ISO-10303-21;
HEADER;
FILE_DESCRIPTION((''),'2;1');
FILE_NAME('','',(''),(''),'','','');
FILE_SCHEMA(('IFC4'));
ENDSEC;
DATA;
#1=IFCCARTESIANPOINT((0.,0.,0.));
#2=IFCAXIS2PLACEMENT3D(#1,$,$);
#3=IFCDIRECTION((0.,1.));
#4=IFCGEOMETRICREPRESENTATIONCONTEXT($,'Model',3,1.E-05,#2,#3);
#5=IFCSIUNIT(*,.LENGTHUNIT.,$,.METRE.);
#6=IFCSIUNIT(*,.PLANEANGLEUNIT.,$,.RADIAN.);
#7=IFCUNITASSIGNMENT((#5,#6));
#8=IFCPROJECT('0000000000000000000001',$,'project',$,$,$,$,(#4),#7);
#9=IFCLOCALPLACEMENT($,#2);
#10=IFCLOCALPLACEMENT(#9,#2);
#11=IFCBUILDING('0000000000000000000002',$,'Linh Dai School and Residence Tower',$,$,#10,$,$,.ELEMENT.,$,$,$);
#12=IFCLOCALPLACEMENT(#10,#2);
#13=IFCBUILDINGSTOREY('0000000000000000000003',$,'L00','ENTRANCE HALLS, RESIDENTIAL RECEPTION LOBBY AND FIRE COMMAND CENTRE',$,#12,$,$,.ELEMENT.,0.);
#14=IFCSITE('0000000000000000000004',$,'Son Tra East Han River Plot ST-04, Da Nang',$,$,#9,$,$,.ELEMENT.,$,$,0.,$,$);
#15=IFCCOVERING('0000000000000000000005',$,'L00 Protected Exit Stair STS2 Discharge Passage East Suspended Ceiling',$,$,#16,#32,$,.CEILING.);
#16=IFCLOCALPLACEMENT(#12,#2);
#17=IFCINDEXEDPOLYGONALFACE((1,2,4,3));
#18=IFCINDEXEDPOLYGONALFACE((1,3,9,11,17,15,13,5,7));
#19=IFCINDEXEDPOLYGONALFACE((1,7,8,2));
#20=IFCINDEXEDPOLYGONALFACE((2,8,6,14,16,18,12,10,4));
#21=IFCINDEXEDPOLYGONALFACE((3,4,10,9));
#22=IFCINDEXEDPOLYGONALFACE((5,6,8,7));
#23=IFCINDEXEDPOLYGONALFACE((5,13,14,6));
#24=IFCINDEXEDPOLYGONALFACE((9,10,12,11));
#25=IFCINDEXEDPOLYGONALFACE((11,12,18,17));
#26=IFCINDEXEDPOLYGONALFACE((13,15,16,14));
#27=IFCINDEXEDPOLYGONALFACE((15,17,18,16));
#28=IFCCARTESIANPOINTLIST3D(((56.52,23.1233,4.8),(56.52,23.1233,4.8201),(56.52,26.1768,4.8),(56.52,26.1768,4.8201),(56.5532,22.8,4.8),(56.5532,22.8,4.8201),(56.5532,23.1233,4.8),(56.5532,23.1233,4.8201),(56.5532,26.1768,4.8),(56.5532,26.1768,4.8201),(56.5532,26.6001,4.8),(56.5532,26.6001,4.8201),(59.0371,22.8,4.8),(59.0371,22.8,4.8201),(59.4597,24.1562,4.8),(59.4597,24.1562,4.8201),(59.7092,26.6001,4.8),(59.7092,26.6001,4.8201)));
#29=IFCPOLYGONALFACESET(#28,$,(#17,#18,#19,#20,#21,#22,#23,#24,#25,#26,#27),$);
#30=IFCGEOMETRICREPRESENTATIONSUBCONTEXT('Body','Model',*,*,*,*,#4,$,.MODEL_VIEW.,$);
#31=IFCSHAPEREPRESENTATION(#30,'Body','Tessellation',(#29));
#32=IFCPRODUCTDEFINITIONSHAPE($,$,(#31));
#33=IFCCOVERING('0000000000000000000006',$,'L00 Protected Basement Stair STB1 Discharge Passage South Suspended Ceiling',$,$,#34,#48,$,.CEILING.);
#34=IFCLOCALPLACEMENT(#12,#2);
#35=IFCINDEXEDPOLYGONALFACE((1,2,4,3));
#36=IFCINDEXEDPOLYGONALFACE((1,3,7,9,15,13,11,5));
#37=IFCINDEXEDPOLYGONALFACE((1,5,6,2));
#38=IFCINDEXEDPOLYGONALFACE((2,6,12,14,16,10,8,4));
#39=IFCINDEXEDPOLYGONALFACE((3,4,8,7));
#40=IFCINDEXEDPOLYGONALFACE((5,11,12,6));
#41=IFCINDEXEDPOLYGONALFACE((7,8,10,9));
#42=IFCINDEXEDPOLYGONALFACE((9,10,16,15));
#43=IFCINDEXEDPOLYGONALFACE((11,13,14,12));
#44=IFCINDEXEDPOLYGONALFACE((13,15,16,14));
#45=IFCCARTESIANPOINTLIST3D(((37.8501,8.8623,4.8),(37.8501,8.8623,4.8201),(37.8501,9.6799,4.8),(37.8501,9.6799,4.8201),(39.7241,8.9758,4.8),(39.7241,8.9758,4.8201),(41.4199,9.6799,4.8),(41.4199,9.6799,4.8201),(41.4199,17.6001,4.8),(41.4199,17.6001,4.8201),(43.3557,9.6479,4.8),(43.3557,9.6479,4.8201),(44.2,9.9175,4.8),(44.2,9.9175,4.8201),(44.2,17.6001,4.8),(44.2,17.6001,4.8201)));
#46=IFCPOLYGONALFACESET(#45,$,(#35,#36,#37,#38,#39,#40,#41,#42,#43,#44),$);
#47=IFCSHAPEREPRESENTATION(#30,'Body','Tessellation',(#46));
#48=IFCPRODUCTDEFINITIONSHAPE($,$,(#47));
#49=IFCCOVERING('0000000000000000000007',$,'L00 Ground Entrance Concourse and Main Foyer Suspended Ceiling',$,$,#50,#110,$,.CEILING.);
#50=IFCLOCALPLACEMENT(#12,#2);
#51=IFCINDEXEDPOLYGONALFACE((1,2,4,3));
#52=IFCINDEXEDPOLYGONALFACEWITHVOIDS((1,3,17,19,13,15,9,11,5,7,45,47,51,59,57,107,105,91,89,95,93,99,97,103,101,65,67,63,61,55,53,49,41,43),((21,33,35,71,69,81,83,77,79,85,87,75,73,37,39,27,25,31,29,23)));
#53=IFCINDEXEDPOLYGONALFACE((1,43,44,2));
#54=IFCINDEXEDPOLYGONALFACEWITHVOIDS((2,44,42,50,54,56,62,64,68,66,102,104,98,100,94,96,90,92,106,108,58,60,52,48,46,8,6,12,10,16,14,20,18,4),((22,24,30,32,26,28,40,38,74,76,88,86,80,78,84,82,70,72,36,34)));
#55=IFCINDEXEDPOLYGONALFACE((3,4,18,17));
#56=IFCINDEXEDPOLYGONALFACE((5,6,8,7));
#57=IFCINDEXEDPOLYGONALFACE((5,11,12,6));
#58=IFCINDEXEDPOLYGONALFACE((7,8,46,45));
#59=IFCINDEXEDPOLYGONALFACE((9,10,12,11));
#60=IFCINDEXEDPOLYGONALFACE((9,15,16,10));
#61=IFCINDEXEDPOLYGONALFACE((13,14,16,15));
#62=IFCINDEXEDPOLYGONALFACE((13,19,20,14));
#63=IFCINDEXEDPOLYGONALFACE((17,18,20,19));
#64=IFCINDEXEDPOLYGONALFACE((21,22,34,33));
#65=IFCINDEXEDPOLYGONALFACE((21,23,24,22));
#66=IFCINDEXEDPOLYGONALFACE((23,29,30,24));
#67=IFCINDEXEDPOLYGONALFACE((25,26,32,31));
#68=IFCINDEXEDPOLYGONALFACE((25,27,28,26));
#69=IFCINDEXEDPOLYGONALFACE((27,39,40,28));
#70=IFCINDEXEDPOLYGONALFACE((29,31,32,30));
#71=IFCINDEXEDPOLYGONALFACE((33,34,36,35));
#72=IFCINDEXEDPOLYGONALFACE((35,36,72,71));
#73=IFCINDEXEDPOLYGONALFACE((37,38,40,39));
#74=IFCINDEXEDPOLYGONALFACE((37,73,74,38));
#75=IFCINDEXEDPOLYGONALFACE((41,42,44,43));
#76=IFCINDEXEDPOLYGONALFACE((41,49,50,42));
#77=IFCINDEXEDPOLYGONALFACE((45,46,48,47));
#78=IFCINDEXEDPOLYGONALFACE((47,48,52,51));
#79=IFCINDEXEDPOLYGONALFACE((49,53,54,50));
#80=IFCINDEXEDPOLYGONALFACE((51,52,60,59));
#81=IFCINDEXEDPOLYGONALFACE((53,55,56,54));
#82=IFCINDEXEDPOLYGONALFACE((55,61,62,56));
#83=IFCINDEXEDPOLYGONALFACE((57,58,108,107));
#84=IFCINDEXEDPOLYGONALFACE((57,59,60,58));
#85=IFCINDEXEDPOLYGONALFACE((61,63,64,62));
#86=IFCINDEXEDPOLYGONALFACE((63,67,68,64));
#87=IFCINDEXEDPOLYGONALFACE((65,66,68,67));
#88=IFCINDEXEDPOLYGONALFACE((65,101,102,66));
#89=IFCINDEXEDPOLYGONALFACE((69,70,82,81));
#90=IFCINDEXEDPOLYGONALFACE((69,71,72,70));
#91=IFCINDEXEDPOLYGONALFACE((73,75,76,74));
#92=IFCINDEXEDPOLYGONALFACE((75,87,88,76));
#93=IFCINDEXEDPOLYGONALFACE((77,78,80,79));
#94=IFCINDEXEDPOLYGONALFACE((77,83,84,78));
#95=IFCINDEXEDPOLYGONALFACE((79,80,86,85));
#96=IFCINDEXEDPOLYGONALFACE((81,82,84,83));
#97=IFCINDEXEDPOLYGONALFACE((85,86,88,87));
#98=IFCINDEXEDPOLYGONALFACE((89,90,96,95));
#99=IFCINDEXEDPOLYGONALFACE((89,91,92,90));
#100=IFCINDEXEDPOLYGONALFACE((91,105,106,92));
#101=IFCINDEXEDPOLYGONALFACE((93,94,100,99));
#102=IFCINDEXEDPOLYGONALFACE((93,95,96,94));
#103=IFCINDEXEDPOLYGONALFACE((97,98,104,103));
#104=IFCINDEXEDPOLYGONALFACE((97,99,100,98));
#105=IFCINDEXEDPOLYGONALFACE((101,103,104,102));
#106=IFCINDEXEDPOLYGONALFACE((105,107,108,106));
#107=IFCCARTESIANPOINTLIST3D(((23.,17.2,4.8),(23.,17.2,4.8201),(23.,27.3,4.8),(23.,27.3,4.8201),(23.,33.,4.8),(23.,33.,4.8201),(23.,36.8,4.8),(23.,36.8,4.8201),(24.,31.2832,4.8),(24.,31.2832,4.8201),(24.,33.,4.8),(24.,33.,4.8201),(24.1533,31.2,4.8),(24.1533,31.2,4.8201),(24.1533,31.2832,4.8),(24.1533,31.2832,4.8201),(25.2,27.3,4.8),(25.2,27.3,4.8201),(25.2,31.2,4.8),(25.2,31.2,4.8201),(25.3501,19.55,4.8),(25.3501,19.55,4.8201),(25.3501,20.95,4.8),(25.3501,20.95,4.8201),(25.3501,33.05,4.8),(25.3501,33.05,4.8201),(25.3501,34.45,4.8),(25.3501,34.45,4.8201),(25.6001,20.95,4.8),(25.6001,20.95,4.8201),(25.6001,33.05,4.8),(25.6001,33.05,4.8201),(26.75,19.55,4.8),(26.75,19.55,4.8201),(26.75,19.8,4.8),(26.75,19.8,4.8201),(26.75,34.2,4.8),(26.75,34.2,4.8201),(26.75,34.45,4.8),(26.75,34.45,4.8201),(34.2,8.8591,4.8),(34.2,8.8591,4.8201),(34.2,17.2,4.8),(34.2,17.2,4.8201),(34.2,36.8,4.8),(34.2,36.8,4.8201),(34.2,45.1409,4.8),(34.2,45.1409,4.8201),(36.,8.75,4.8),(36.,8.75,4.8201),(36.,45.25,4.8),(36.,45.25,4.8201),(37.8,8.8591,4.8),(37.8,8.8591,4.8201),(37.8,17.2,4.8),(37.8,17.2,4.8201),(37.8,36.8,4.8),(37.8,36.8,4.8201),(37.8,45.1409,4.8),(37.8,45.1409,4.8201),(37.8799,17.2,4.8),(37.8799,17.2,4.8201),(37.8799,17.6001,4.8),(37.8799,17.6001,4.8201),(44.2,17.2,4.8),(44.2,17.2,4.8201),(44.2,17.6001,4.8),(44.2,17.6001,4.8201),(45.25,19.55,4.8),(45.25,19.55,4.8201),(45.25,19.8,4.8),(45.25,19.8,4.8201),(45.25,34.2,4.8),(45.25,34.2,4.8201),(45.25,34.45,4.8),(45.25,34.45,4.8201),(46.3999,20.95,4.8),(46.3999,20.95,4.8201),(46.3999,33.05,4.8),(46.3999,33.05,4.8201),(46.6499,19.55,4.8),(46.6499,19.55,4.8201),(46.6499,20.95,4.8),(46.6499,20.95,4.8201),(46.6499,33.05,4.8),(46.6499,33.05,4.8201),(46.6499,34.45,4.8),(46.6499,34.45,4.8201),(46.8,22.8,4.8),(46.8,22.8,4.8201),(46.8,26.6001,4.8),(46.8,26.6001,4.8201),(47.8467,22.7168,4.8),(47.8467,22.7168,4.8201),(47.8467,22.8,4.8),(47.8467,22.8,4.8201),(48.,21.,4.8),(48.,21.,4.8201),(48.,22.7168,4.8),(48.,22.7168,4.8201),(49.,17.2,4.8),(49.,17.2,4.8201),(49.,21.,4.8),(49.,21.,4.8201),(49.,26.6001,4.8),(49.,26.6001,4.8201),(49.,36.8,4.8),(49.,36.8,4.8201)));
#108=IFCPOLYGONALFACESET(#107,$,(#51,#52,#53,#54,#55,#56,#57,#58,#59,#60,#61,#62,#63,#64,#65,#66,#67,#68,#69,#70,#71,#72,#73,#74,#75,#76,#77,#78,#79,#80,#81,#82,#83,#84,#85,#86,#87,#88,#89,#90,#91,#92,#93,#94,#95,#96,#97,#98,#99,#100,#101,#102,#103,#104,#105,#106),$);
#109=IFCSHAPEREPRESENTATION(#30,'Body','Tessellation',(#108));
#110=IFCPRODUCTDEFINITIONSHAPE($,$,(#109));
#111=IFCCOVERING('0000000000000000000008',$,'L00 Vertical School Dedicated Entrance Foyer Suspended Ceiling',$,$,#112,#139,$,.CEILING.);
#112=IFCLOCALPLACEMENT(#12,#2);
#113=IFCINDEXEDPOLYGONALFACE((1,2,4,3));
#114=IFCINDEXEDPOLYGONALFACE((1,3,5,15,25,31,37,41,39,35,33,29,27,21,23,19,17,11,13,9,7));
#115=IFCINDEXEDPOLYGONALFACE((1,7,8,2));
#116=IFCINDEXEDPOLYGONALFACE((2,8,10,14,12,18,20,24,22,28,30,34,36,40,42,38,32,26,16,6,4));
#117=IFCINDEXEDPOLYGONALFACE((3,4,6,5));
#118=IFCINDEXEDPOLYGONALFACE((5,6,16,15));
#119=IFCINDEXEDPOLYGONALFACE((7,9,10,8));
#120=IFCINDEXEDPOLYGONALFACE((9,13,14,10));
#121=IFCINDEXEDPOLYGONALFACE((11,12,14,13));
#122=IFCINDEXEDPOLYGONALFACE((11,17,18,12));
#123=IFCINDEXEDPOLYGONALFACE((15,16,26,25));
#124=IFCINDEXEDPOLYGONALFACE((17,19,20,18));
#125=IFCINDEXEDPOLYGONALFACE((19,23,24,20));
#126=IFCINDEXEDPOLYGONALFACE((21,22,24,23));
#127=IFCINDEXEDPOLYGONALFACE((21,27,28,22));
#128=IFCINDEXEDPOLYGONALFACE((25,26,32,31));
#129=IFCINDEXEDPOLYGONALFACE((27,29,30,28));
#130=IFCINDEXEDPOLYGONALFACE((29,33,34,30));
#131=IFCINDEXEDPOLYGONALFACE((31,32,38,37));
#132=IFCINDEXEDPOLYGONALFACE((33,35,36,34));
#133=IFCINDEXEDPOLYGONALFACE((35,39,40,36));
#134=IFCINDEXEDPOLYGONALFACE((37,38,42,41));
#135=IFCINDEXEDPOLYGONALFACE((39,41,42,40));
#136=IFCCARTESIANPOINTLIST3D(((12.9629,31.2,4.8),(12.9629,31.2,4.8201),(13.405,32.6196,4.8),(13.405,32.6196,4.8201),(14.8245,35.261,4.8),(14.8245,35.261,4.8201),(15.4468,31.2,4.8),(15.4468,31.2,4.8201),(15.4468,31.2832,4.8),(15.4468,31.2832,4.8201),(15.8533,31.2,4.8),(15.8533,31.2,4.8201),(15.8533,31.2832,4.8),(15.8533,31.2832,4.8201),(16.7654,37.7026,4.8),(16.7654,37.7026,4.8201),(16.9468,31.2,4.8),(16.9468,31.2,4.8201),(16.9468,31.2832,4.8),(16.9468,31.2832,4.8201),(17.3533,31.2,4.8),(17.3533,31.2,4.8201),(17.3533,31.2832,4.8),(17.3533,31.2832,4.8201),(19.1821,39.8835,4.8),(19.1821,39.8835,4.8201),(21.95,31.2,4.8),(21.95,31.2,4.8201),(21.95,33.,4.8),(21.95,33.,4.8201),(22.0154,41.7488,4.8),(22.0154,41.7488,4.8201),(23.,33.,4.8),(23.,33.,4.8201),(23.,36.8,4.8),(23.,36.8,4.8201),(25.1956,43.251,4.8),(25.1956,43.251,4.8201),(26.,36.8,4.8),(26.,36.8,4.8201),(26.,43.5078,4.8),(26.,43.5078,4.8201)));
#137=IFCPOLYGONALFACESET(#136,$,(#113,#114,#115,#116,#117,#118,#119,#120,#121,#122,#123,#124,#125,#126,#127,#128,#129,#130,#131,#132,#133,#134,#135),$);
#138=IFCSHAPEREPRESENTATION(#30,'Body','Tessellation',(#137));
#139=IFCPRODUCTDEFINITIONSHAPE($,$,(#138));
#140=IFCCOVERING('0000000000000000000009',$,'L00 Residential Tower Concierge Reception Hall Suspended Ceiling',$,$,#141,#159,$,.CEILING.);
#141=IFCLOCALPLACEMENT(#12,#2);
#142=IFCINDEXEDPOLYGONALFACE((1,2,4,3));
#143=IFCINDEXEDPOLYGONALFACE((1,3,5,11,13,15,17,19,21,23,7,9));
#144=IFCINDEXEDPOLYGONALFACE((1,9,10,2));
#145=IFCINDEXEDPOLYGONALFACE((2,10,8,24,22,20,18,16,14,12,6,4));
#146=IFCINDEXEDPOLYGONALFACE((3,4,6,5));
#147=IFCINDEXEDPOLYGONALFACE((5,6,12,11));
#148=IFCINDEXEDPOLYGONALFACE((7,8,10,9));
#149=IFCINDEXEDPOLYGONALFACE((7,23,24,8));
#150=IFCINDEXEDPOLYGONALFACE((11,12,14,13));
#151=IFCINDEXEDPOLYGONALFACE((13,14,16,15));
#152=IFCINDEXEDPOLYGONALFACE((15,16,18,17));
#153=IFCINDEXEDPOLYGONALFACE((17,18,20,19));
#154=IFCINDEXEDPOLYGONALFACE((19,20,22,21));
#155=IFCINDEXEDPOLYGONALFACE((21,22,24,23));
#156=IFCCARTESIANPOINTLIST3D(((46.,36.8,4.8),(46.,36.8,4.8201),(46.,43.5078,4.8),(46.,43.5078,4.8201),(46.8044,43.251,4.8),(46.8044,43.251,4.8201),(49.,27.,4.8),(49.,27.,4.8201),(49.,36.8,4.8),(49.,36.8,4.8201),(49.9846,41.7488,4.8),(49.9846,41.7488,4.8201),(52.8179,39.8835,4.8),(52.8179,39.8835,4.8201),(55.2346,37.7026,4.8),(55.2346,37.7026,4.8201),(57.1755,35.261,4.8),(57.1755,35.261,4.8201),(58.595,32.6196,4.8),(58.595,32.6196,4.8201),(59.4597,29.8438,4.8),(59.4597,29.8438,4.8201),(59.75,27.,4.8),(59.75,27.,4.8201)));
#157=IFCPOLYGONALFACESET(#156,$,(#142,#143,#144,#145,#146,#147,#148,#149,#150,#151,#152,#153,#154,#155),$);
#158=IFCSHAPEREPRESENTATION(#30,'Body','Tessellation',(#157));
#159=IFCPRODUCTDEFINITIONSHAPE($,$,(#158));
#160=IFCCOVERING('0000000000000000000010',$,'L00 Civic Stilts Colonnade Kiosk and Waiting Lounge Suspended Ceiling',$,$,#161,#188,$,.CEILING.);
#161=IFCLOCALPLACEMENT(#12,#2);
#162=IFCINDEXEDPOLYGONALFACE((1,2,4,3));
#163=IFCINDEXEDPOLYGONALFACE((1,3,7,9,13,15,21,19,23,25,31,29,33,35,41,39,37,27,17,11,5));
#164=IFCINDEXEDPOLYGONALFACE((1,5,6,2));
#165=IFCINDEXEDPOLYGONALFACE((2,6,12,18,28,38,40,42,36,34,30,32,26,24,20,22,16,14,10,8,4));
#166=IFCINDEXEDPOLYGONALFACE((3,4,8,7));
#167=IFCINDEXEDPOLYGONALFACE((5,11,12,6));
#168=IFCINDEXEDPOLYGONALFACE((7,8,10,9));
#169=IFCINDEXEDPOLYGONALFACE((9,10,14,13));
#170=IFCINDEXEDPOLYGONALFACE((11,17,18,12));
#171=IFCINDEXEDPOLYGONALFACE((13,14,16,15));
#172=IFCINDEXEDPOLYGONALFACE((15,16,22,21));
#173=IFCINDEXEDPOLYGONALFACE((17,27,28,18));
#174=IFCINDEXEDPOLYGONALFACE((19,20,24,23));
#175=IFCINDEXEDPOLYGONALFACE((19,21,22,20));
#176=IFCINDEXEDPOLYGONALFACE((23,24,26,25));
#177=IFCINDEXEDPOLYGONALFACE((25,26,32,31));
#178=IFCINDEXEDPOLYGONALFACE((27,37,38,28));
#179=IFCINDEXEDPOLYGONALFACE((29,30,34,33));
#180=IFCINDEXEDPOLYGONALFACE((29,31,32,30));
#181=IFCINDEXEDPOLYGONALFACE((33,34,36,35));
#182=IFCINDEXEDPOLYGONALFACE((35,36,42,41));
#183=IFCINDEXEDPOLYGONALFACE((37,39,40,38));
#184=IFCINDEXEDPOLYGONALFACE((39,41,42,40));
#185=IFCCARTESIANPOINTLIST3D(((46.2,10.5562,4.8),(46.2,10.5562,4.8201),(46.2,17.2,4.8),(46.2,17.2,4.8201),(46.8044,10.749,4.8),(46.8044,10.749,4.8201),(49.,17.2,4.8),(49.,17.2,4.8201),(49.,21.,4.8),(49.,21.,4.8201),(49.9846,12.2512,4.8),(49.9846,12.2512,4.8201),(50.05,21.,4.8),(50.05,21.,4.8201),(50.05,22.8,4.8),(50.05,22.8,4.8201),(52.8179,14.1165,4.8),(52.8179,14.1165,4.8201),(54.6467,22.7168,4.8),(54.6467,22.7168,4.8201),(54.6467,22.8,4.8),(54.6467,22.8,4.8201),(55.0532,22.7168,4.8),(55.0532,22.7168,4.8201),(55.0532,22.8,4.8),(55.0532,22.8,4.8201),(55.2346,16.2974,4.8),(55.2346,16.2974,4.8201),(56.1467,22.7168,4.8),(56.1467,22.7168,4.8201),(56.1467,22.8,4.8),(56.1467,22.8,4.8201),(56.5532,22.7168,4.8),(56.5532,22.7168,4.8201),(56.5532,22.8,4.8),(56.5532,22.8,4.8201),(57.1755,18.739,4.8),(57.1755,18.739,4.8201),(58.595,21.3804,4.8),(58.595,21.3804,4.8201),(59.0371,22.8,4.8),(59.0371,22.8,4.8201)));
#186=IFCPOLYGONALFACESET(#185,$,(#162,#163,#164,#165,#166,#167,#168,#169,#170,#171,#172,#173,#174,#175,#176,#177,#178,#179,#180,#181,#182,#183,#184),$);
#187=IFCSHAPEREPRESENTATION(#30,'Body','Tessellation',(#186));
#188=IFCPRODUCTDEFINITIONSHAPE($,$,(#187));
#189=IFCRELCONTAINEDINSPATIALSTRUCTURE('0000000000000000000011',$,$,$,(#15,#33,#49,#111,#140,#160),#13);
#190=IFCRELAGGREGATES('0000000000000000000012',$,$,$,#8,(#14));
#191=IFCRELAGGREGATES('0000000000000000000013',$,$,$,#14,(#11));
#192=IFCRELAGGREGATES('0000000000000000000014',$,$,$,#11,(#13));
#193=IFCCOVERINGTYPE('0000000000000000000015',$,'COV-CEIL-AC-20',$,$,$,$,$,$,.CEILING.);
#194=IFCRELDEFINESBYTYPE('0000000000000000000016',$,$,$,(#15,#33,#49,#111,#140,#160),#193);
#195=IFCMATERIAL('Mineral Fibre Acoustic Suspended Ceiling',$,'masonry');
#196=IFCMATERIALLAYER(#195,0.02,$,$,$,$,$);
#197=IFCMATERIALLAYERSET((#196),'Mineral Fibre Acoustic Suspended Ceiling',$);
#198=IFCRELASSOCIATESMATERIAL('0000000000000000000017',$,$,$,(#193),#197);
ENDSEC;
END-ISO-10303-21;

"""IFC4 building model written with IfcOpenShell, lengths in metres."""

from ifc_helpers import new_model, si_unit, direction, frame, origin, place, context, subcontext, project, spatial, polyline, outline, extrude, material, layer, layer_set, type_object, element, save


model = new_model("IFC4")

# Units and contexts
model_context = context("Model", 3, precision=1e-05, world=origin(), true_north=direction((0.0, 1.0)))
body_context = subcontext(model_context, "Body", "Model", "MODEL_VIEW")
ifc_project = project(units=[si_unit("LENGTHUNIT", "METRE"), si_unit("PLANEANGLEUNIT", "RADIAN")], contexts=[model_context])

# Site, building, storey
site_placement = place(None, origin())
site = spatial("IfcSite", under=ifc_project, at=site_placement, Name="Son Tra East Han River Plot ST-04, Da Nang", CompositionType="ELEMENT", RefElevation=0.0)
building_placement = place(site_placement, origin())
building = spatial("IfcBuilding", under=site, at=building_placement, Name="Linh Dai School and Residence Tower", CompositionType="ELEMENT")
storey_placement = place(building_placement, origin())
storey = spatial("IfcBuildingStorey", under=building, at=storey_placement, Name="L00", Description="ENTRANCE HALLS, RESIDENTIAL RECEPTION LOBBY AND FIRE COMMAND CENTRE", CompositionType="ELEMENT", Elevation=0.0)

# Coverings
ifc_material_1 = material(Name="Mineral Fibre Acoustic Suspended Ceiling", Category="masonry")
ifc_layer_1 = layer(ifc_material_1, 0.02)
ifc_layer_set_1 = layer_set([ifc_layer_1], Name="Mineral Fibre Acoustic Suspended Ceiling")
covering_type_1 = type_object("IfcCoveringType", Name="COV-CEIL-AC-20", PredefinedType="CEILING", material=ifc_layer_set_1)
covering_1_placement = place(storey_placement, frame((0.0, 0.0, 4.8)))
element("IfcCovering", 1, at=covering_1_placement, inside=storey, type_object=covering_type_1, Name="L00 Protected Exit Stair STS2 Discharge Passage East Suspended Ceiling", PredefinedType="CEILING", context=body_context, shape_type="SweptSolid", body=[
    extrude(outline(polyline([(56.5532, 26.6001), (59.7092, 26.6001), (59.4597, 24.1562), (59.0371, 22.8), (56.5532, 22.8), (56.5532, 23.1233), (56.52, 23.1233), (56.52, 26.1768), (56.5532, 26.1768), (56.5532, 26.6001)])), origin(), (0.0, 0.0, 1.0), 0.02),
])
covering_2_placement = place(storey_placement, frame((0.0, 0.0, 4.8)))
element("IfcCovering", 2, at=covering_2_placement, inside=storey, type_object=covering_type_1, Name="L00 Protected Basement Stair STB1 Discharge Passage South Suspended Ceiling", PredefinedType="CEILING", context=body_context, shape_type="SweptSolid", body=[
    extrude(outline(polyline([(37.8501, 9.6799), (41.4199, 9.6799), (41.4199, 17.6001), (44.2, 17.6001), (44.2, 9.9175), (43.3557, 9.6479), (39.7241, 8.9758), (37.8501, 8.8623), (37.8501, 9.6799)])), origin(), (0.0, 0.0, 1.0), 0.02),
])
covering_3_placement = place(storey_placement, frame((0.0, 0.0, 4.8)))
element("IfcCovering", 3, at=covering_3_placement, inside=storey, type_object=covering_type_1, Name="L00 Ground Entrance Concourse and Main Foyer Suspended Ceiling", PredefinedType="CEILING", context=body_context, shape_type="SweptSolid", body=[
    extrude(outline(polyline([(36.0, 8.75), (34.2, 8.8591), (34.2, 17.2), (23.0, 17.2), (23.0, 27.3), (25.2, 27.3), (25.2, 31.2), (24.1533, 31.2), (24.1533, 31.2832), (24.0, 31.2832), (24.0, 33.0), (23.0, 33.0), (23.0, 36.8), (34.2, 36.8), (34.2, 45.1409), (36.0, 45.25), (37.8, 45.1409), (37.8, 36.8), (49.0, 36.8), (49.0, 26.6001), (46.8, 26.6001), (46.8, 22.8), (47.8467, 22.8), (47.8467, 22.7168), (48.0, 22.7168), (48.0, 21.0), (49.0, 21.0), (49.0, 17.2), (44.2, 17.2), (44.2, 17.6001), (37.8799, 17.6001), (37.8799, 17.2), (37.8, 17.2), (37.8, 8.8591), (36.0, 8.75)]), holes=[polyline([(26.75, 34.2), (26.75, 34.45), (25.3501, 34.45), (25.3501, 33.05), (25.6001, 33.05), (25.6001, 20.95), (25.3501, 20.95), (25.3501, 19.55), (26.75, 19.55), (26.75, 19.8), (45.25, 19.8), (45.25, 19.55), (46.6499, 19.55), (46.6499, 20.95), (46.3999, 20.95), (46.3999, 33.05), (46.6499, 33.05), (46.6499, 34.45), (45.25, 34.45), (45.25, 34.2), (26.75, 34.2)])]), origin(), (0.0, 0.0, 1.0), 0.02),
])
covering_4_placement = place(storey_placement, frame((0.0, 0.0, 4.8)))
element("IfcCovering", 4, at=covering_4_placement, inside=storey, type_object=covering_type_1, Name="L00 Vertical School Dedicated Entrance Foyer Suspended Ceiling", PredefinedType="CEILING", context=body_context, shape_type="SweptSolid", body=[
    extrude(outline(polyline([(13.405, 32.6196), (14.8245, 35.261), (16.7654, 37.7026), (19.1821, 39.8835), (22.0154, 41.7488), (25.1956, 43.251), (26.0, 43.5078), (26.0, 36.8), (23.0, 36.8), (23.0, 33.0), (21.95, 33.0), (21.95, 31.2), (17.3533, 31.2), (17.3533, 31.2832), (16.9468, 31.2832), (16.9468, 31.2), (15.8533, 31.2), (15.8533, 31.2832), (15.4468, 31.2832), (15.4468, 31.2), (12.9629, 31.2), (13.405, 32.6196)])), origin(), (0.0, 0.0, 1.0), 0.02),
])
covering_5_placement = place(storey_placement, frame((0.0, 0.0, 4.8)))
element("IfcCovering", 5, at=covering_5_placement, inside=storey, type_object=covering_type_1, Name="L00 Residential Tower Concierge Reception Hall Suspended Ceiling", PredefinedType="CEILING", context=body_context, shape_type="SweptSolid", body=[
    extrude(outline(polyline([(49.9846, 41.7488), (52.8179, 39.8835), (55.2346, 37.7026), (57.1755, 35.261), (58.595, 32.6196), (59.4597, 29.8438), (59.75, 27.0), (49.0, 27.0), (49.0, 36.8), (46.0, 36.8), (46.0, 43.5078), (46.8044, 43.251), (49.9846, 41.7488)])), origin(), (0.0, 0.0, 1.0), 0.02),
])
covering_6_placement = place(storey_placement, frame((0.0, 0.0, 4.8)))
element("IfcCovering", 6, at=covering_6_placement, inside=storey, type_object=covering_type_1, Name="L00 Civic Stilts Colonnade Kiosk and Waiting Lounge Suspended Ceiling", PredefinedType="CEILING", context=body_context, shape_type="SweptSolid", body=[
    extrude(outline(polyline([(52.8179, 14.1165), (49.9846, 12.2512), (46.8044, 10.749), (46.2, 10.5562), (46.2, 17.2), (49.0, 17.2), (49.0, 21.0), (50.05, 21.0), (50.05, 22.8), (54.6467, 22.8), (54.6467, 22.7168), (55.0532, 22.7168), (55.0532, 22.8), (56.1467, 22.8), (56.1467, 22.7168), (56.5532, 22.7168), (56.5532, 22.8), (59.0371, 22.8), (58.595, 21.3804), (57.1755, 18.739), (55.2346, 16.2974), (52.8179, 14.1165)])), origin(), (0.0, 0.0, 1.0), 0.02),
])

save(model, "model.ifc")
